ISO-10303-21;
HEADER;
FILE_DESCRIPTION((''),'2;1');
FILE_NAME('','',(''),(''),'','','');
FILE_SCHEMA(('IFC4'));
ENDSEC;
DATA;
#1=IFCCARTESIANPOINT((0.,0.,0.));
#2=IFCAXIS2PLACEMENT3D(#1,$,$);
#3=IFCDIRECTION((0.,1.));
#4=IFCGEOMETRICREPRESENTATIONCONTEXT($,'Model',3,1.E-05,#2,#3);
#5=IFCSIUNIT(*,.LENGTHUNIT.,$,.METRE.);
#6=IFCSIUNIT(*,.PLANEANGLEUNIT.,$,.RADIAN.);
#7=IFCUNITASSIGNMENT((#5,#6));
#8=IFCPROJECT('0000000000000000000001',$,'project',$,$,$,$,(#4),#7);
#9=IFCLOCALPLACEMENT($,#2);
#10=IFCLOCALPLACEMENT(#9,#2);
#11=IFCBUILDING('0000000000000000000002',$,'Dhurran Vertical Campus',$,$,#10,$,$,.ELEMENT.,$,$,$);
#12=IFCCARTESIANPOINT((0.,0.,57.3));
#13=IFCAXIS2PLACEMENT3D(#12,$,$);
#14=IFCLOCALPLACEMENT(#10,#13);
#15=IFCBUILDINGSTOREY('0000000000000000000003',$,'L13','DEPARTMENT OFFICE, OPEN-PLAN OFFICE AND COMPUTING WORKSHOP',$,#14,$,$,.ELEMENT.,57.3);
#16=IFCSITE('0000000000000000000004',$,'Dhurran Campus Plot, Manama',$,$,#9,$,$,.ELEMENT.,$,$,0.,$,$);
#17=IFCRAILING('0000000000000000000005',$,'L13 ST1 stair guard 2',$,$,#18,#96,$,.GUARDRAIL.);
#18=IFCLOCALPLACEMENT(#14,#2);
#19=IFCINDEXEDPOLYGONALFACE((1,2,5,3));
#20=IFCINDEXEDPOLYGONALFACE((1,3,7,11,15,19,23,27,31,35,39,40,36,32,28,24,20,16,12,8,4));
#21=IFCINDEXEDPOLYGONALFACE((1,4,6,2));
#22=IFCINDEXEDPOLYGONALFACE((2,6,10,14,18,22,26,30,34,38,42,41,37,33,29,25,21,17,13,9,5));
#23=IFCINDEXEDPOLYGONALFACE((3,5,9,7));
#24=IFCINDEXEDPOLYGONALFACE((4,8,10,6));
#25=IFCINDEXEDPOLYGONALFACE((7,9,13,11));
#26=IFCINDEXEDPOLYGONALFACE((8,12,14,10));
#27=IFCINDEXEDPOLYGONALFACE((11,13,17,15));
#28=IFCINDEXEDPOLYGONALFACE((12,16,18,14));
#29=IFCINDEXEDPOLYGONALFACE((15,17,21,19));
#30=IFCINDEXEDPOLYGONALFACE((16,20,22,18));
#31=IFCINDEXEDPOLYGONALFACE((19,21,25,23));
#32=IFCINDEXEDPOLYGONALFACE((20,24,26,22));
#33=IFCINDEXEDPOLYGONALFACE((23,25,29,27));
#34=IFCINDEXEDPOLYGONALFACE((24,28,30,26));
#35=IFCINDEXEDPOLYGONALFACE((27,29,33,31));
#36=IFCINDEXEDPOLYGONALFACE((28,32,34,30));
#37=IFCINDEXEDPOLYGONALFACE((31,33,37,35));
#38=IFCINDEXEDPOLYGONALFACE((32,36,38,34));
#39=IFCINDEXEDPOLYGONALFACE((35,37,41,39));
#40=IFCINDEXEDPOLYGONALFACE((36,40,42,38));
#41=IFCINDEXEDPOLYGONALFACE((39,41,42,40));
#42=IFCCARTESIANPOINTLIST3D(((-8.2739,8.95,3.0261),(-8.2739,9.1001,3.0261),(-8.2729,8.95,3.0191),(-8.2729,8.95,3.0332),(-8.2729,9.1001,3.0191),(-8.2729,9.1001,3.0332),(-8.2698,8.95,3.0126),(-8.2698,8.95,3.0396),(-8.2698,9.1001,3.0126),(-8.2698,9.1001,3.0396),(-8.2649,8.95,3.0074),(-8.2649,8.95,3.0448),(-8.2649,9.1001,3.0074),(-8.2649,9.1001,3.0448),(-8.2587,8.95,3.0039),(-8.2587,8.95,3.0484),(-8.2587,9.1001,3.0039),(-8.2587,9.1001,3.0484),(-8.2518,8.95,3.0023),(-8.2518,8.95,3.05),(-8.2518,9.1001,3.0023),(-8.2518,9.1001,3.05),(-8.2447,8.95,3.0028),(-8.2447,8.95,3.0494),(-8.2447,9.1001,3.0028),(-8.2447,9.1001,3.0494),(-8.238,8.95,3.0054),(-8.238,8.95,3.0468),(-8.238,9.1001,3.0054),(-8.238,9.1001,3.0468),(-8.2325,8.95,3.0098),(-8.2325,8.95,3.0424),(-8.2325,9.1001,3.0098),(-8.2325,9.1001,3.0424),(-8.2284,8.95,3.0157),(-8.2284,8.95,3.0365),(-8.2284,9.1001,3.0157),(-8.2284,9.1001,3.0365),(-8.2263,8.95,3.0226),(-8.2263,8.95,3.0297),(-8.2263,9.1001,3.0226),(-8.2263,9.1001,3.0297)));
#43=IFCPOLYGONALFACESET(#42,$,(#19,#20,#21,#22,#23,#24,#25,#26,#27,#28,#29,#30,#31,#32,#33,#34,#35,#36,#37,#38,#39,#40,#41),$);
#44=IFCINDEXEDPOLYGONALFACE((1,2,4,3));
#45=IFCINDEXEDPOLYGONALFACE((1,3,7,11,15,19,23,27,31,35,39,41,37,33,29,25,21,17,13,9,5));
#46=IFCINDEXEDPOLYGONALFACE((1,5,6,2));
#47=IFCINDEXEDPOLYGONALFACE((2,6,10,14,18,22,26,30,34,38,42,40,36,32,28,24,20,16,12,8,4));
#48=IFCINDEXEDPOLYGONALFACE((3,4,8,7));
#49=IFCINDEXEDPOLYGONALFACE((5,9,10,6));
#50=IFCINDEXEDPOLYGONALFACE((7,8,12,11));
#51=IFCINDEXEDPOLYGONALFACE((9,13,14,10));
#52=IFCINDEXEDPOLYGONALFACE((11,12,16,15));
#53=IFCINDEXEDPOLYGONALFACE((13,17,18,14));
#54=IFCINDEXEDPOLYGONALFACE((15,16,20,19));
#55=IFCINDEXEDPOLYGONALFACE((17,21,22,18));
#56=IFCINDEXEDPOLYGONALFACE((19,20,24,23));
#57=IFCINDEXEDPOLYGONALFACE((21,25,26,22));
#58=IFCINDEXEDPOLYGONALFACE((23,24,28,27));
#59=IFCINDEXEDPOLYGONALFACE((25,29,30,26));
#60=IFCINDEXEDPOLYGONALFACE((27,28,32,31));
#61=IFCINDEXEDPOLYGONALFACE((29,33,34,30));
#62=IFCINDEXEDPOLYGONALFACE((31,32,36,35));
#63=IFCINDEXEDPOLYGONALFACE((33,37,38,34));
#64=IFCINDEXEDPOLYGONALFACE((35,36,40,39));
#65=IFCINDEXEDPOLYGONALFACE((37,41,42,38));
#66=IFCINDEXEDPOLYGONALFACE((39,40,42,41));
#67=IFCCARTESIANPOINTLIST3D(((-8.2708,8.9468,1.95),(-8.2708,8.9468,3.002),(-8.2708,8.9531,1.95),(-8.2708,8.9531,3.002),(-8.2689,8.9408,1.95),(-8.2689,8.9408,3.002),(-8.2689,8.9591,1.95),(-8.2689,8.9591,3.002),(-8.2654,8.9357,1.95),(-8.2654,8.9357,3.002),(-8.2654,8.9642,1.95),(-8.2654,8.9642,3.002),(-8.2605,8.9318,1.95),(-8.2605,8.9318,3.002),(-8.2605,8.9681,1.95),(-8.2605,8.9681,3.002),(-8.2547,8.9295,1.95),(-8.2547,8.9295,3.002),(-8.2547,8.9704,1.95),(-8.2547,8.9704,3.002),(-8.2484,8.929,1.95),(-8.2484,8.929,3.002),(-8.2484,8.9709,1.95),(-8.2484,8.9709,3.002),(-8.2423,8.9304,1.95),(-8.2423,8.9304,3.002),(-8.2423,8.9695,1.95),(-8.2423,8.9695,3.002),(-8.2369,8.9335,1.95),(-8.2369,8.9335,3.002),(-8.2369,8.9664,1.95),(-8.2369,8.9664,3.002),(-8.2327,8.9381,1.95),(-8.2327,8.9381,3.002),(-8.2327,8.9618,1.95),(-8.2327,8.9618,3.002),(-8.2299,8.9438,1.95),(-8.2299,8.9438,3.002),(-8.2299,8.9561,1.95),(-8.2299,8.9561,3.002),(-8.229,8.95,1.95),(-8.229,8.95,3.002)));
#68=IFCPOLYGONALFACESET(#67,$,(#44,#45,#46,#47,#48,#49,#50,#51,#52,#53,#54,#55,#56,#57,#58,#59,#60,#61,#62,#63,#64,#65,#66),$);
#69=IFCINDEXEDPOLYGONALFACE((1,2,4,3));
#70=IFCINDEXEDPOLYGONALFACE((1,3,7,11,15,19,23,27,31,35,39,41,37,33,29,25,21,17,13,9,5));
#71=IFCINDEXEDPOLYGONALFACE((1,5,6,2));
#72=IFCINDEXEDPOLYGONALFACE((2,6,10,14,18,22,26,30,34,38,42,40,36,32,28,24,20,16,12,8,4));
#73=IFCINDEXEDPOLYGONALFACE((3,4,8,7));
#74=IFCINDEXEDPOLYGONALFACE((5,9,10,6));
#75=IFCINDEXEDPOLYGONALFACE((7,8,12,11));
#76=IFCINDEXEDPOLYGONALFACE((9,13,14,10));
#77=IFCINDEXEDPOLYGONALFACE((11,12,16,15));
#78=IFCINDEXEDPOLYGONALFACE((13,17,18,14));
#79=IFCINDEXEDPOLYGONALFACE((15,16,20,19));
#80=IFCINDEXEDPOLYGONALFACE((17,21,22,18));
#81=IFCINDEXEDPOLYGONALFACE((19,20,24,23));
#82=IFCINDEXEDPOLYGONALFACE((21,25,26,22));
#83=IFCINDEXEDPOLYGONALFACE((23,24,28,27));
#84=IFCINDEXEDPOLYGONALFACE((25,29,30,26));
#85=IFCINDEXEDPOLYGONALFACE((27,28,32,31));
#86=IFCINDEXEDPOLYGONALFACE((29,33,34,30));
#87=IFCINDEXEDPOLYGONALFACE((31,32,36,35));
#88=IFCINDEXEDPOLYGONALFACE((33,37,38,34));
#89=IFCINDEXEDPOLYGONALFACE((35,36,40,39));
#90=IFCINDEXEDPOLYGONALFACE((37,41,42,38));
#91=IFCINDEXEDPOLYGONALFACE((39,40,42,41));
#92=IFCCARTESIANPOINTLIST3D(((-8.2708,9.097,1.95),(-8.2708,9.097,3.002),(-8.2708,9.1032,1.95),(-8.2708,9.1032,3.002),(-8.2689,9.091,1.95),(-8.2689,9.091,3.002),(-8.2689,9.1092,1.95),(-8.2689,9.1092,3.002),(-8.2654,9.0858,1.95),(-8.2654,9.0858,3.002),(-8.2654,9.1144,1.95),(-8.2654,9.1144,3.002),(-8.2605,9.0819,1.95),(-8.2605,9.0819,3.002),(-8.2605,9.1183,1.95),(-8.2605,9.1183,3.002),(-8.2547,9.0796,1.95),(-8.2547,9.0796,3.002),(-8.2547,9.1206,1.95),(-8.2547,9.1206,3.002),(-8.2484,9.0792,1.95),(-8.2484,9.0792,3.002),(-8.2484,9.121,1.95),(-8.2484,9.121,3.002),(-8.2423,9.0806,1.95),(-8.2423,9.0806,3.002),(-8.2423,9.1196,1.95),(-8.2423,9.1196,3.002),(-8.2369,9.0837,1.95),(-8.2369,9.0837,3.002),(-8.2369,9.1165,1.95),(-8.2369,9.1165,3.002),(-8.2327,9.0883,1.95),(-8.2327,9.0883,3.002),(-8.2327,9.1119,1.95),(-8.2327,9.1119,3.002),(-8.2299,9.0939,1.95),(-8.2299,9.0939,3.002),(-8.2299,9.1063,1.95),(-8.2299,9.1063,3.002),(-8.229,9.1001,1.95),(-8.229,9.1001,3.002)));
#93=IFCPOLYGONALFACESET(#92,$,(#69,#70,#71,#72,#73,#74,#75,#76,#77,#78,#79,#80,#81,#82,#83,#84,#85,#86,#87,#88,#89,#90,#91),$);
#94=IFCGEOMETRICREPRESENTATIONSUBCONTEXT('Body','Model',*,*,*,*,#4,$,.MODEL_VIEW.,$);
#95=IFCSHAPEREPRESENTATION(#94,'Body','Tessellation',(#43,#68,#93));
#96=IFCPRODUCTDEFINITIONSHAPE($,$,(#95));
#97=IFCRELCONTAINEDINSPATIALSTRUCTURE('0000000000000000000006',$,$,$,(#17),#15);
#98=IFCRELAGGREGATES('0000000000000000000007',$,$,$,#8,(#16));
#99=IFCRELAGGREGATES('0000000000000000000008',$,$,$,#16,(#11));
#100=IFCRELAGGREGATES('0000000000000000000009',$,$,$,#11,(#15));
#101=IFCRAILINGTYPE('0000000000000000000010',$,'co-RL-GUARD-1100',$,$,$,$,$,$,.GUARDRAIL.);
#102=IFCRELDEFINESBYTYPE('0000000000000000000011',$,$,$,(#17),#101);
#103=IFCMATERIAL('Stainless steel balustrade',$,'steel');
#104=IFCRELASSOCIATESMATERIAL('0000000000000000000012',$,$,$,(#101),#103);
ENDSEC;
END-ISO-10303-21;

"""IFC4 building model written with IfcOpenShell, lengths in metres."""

from ifc_helpers import new_model, si_unit, direction, frame, origin, origin_2d, place, context, subcontext, project, spatial, circle, extrude, material, type_object, element, save


model = new_model("IFC4")

# Units and contexts
model_context = context("Model", 3, precision=1e-05, world=origin(), true_north=direction((0.0, 1.0)))
body_context = subcontext(model_context, "Body", "Model", "MODEL_VIEW")
ifc_project = project(units=[si_unit("LENGTHUNIT", "METRE"), si_unit("PLANEANGLEUNIT", "RADIAN")], contexts=[model_context])

# Site, building, storey
site_placement = place(None, origin())
site = spatial("IfcSite", under=ifc_project, at=site_placement, Name="Dhurran Campus Plot, Manama", CompositionType="ELEMENT", RefElevation=0.0)
building_placement = place(site_placement, origin())
building = spatial("IfcBuilding", under=site, at=building_placement, Name="Dhurran Vertical Campus", CompositionType="ELEMENT")
storey_placement = place(building_placement, frame((0.0, 0.0, 57.3)))
storey = spatial("IfcBuildingStorey", under=building, at=storey_placement, Name="L13", Description="DEPARTMENT OFFICE, OPEN-PLAN OFFICE AND COMPUTING WORKSHOP", CompositionType="ELEMENT", Elevation=57.3)

# Railing
ifc_material_1 = material(Name="Stainless steel balustrade", Category="steel")
railing_type_1 = type_object("IfcRailingType", Name="co-RL-GUARD-1100", PredefinedType="GUARDRAIL", material=ifc_material_1)
railing_1_placement = place(storey_placement, frame((-8.25, 8.95, 1.95)))
element("IfcRailing", 1, at=railing_1_placement, inside=storey, type_object=railing_type_1, Name="L13 ST1 stair guard 2", PredefinedType="GUARDRAIL", context=body_context, shape_type="SweptSolid", body=[
    extrude(circle(Radius=0.0239, at=origin_2d()), frame((0.0, 0.0, 1.0762), z_axis=(0.0, 1.0, 0.0), x_axis=(-1.0, 0.0, 0.0)), (0.0, 0.0, 1.0), 0.1501),
    extrude(circle(Radius=0.021, at=origin_2d()), origin(), (0.0, 0.0, 1.0), 1.052),
    extrude(circle(Radius=0.021, at=origin_2d()), frame((0.0, 0.1501, 0.0)), (0.0, 0.0, 1.0), 1.052),
])

save(model, "model.ifc")
